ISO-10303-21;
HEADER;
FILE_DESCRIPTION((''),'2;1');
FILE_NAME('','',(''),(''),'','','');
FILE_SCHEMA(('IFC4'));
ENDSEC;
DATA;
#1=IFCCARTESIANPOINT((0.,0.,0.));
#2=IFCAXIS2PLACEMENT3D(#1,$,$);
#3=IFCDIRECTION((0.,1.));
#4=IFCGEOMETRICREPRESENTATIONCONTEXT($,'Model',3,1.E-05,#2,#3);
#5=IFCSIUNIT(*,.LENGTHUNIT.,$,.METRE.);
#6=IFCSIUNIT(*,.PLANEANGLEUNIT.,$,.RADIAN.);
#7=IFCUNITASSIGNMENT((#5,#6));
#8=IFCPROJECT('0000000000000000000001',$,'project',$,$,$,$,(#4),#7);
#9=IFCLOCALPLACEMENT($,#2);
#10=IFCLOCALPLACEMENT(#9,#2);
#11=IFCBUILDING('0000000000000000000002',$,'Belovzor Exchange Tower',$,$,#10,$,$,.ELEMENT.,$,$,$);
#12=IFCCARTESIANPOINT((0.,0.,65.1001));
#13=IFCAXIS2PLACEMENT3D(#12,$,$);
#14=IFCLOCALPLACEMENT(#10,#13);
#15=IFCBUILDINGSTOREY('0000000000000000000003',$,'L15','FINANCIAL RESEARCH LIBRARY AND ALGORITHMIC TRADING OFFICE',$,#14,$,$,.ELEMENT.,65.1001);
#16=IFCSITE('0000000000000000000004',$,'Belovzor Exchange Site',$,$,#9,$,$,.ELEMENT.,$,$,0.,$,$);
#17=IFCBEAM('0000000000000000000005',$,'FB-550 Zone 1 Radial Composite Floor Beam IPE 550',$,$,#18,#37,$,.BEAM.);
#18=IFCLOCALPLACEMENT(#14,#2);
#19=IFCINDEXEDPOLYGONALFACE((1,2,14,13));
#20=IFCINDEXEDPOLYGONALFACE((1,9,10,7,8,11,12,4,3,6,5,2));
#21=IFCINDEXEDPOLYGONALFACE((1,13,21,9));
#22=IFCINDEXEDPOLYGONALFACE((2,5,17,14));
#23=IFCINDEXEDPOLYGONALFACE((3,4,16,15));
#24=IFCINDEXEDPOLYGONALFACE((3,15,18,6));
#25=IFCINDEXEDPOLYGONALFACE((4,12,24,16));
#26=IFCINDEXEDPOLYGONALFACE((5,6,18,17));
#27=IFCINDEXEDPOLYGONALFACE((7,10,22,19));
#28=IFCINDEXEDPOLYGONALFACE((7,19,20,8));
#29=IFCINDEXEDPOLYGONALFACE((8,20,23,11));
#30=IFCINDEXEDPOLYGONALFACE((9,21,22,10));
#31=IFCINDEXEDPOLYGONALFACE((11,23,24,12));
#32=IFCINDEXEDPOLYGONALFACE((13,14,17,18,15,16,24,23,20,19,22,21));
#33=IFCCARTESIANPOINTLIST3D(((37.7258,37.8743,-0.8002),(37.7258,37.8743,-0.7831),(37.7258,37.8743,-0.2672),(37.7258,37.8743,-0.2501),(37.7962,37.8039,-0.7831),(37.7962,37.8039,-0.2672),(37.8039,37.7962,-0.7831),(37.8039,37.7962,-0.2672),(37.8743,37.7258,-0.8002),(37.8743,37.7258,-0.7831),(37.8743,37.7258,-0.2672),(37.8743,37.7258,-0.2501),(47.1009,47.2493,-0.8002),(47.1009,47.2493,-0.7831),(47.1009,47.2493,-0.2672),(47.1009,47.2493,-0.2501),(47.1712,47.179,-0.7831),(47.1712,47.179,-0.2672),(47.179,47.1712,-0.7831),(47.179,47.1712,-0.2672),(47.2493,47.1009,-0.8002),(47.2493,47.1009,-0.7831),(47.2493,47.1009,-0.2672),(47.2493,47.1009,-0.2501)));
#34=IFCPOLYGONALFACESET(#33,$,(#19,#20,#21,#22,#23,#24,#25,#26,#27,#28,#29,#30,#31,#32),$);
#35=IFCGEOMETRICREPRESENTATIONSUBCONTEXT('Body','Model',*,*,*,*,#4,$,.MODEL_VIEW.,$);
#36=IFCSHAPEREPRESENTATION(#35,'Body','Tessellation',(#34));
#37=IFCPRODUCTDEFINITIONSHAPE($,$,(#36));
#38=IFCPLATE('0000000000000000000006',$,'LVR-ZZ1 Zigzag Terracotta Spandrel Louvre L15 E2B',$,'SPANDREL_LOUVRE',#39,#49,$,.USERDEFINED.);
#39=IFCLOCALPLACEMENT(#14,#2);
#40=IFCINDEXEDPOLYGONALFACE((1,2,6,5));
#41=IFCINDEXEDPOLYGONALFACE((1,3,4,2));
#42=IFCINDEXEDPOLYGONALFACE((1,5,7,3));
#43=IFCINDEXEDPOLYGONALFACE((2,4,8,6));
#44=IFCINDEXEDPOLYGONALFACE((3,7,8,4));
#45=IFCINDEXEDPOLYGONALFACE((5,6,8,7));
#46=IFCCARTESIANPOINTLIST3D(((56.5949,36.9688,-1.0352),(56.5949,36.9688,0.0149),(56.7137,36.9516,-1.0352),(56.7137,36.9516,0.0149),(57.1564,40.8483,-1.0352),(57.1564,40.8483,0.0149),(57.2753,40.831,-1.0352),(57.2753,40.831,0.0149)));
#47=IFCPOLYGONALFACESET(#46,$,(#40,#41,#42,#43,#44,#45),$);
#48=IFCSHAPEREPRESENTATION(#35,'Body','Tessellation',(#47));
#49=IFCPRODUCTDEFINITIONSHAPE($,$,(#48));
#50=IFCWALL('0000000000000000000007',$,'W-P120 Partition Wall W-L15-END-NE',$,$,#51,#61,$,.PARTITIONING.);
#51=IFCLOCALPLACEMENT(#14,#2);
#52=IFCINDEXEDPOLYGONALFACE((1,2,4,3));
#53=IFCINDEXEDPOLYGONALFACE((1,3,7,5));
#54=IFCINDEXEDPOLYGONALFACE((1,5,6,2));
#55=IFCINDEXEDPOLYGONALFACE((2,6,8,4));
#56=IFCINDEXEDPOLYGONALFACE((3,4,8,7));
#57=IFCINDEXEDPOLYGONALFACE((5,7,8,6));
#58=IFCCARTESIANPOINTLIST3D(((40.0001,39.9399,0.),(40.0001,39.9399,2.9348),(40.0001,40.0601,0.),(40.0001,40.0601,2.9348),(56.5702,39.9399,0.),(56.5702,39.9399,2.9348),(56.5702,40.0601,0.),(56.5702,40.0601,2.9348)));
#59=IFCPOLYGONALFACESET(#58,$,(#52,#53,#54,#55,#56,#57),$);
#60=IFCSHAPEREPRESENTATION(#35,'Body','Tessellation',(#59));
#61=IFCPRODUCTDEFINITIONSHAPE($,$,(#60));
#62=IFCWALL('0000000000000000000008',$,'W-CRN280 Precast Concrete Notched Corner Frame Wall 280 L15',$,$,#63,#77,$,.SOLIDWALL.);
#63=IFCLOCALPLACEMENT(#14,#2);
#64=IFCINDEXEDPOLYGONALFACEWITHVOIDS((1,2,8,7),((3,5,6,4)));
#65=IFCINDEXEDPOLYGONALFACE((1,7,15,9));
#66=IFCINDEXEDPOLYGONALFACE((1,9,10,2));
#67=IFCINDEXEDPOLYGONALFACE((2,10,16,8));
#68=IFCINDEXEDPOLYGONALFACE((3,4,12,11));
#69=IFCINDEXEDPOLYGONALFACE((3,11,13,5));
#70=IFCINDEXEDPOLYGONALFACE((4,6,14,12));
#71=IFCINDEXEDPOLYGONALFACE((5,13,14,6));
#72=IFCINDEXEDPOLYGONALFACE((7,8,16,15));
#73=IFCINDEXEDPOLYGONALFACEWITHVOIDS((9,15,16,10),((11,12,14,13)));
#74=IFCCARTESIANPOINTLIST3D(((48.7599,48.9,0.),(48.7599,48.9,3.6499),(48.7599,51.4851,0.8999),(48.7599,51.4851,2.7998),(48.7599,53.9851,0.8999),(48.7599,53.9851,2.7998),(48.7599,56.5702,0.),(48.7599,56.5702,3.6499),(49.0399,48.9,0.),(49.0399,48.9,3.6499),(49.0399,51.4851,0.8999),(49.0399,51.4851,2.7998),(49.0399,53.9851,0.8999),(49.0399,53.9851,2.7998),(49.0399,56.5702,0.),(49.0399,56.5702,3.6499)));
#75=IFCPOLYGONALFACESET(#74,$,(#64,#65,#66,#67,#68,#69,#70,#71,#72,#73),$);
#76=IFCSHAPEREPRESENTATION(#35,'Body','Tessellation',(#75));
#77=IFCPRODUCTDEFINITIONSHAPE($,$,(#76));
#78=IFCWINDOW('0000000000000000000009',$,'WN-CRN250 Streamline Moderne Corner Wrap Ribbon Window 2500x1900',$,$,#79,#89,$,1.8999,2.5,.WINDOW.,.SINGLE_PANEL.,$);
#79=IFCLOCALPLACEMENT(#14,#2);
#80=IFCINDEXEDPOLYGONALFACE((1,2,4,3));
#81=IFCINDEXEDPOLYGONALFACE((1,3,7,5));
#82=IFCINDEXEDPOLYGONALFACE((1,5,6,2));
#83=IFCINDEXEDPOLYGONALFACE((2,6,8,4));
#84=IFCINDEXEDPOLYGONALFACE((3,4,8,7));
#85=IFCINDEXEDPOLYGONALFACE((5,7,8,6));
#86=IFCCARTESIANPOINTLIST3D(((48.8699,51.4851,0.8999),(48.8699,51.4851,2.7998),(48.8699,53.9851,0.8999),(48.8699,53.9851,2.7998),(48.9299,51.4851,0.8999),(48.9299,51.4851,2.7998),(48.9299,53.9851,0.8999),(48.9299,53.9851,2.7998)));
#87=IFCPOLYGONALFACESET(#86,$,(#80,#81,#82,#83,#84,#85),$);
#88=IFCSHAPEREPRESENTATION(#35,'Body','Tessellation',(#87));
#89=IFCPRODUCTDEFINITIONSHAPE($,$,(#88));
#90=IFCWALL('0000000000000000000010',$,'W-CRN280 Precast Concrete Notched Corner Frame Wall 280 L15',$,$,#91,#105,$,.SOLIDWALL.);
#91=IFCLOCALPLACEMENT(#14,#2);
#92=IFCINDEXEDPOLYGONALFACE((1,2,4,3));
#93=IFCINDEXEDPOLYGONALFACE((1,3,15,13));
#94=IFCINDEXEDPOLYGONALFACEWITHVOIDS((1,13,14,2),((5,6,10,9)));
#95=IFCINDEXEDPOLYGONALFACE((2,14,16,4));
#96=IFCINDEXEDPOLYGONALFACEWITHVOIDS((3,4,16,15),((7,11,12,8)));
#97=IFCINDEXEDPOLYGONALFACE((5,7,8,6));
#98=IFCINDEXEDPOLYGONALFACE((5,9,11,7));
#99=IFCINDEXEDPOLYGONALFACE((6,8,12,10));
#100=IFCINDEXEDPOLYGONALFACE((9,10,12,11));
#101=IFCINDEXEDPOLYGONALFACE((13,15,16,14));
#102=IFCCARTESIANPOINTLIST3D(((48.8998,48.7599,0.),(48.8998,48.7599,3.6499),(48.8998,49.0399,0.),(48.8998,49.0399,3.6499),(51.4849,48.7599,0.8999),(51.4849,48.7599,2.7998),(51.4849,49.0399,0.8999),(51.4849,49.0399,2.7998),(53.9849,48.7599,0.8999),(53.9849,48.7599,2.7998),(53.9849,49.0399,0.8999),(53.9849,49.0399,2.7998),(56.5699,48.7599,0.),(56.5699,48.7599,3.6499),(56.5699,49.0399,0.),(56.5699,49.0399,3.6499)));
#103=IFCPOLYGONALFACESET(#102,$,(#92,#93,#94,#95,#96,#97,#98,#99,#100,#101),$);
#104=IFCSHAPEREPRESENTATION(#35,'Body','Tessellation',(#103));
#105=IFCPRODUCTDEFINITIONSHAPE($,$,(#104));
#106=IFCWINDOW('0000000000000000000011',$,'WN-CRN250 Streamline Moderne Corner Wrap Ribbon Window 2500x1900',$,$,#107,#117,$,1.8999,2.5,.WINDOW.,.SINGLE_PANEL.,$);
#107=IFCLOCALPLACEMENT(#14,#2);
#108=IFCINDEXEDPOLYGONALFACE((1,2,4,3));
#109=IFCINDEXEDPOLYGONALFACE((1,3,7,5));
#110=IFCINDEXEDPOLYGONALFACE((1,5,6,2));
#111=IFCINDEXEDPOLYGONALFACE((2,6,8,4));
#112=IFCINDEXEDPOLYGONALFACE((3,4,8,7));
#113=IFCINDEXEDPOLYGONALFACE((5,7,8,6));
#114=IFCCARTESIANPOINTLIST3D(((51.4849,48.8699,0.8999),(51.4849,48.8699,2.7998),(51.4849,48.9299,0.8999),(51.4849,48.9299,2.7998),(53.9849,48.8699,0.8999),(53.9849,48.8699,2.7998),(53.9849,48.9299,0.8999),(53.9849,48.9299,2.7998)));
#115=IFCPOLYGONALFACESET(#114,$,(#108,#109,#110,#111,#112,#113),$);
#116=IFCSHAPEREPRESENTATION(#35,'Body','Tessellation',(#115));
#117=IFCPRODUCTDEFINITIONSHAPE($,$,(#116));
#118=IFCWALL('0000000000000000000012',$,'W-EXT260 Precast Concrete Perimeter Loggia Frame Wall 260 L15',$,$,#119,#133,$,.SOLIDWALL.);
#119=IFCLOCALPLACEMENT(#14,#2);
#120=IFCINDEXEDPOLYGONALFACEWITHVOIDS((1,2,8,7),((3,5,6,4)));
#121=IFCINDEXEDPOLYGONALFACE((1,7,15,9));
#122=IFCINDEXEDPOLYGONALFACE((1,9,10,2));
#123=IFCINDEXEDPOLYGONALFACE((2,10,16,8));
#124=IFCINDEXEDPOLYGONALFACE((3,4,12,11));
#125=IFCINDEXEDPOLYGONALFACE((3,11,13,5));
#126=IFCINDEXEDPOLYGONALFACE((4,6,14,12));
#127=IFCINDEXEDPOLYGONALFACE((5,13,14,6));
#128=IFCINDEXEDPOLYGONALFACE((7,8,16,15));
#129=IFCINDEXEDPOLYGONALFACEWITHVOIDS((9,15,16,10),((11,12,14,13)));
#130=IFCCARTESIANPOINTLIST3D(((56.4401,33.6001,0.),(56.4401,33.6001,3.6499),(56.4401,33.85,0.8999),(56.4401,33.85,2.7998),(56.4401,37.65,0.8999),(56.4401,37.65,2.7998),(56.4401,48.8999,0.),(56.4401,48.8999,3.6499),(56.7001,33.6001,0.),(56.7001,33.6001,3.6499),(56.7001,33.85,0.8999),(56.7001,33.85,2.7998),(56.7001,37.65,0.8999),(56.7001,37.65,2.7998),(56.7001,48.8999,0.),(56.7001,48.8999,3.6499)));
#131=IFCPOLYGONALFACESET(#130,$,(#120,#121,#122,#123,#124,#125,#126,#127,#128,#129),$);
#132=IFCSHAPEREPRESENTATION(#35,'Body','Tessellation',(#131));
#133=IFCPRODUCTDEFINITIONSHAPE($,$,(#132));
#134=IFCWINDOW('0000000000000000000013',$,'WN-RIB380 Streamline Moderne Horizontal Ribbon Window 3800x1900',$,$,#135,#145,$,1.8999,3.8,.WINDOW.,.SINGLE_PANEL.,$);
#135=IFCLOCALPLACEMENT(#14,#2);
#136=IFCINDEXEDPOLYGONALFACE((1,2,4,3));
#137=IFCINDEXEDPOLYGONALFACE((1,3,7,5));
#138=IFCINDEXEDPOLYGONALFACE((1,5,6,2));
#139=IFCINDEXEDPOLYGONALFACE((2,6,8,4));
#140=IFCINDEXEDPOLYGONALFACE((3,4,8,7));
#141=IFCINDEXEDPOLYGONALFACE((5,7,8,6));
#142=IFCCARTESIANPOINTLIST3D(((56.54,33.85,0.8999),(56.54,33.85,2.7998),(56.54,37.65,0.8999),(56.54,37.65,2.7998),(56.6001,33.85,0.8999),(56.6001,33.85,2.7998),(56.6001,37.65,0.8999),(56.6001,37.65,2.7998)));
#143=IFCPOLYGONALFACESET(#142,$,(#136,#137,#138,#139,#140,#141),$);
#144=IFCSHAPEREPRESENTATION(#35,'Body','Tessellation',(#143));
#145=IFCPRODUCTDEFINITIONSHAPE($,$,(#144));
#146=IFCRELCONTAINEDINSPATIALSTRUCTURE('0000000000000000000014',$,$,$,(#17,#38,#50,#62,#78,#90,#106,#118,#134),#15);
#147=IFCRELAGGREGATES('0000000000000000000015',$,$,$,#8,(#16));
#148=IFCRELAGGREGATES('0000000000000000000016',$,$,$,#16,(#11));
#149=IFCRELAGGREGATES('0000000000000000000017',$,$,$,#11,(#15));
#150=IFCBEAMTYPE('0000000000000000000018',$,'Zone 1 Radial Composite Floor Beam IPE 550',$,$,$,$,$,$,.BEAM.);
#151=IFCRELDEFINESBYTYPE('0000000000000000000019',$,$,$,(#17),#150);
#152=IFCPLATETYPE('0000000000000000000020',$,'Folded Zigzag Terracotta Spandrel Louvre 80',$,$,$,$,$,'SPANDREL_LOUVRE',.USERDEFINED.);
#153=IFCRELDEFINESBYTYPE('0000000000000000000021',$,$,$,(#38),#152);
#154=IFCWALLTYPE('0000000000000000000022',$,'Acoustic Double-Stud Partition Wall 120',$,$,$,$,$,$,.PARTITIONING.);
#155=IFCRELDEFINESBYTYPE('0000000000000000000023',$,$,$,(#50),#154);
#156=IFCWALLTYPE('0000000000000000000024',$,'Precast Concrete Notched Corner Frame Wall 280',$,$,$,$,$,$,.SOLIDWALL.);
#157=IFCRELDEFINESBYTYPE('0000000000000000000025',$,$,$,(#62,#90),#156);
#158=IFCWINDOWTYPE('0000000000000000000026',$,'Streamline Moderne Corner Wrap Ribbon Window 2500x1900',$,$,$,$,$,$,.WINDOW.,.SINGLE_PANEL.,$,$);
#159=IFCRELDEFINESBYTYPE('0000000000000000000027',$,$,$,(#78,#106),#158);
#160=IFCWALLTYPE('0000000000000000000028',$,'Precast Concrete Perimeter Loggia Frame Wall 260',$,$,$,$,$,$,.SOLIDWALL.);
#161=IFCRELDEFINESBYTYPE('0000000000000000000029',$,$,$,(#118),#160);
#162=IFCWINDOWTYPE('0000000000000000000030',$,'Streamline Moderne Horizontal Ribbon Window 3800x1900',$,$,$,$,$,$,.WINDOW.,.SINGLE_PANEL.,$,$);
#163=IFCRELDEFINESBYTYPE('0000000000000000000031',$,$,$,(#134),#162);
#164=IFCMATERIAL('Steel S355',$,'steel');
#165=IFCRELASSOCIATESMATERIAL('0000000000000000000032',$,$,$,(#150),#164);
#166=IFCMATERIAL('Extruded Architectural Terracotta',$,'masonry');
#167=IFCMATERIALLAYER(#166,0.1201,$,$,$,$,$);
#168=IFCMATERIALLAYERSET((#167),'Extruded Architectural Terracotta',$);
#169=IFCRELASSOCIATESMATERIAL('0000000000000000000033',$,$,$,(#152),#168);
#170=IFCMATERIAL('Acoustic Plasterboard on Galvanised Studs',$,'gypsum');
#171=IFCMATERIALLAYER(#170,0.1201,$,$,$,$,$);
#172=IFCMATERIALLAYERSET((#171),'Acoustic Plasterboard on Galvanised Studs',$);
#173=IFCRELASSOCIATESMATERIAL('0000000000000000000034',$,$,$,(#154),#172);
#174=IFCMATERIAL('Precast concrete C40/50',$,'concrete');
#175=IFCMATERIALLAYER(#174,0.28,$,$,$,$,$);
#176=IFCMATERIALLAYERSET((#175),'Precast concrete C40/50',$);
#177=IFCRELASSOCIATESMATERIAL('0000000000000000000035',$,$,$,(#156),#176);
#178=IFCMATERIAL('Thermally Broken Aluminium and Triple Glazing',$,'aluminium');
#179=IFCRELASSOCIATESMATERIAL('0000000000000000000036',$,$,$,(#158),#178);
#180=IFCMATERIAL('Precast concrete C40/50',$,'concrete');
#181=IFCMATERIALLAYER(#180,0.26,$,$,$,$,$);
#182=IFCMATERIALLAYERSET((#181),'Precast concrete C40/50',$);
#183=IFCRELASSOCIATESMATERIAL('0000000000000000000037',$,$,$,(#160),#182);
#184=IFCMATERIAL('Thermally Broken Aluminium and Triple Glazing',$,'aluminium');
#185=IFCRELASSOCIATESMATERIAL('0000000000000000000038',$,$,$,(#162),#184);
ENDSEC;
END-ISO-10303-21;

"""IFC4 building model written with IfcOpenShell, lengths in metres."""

from ifc_helpers import new_model, si_unit, direction, frame, frame_2d, origin, origin_2d, place, context, subcontext, project, spatial, rectangle, i_section, extrude, material, layer, layer_set, material_profile, profile_set, type_object, element, fill, save


model = new_model("IFC4")

# Units and contexts
model_context = context("Model", 3, precision=1e-05, world=origin(), true_north=direction((0.0, 1.0)))
body_context = subcontext(model_context, "Body", "Model", "MODEL_VIEW")
ifc_project = project(units=[si_unit("LENGTHUNIT", "METRE"), si_unit("PLANEANGLEUNIT", "RADIAN")], contexts=[model_context])

# Site, building, storey
site_placement = place(None, origin())
site = spatial("IfcSite", under=ifc_project, at=site_placement, Name="Belovzor Exchange Site", CompositionType="ELEMENT", RefElevation=0.0)
building_placement = place(site_placement, origin())
building = spatial("IfcBuilding", under=site, at=building_placement, Name="Belovzor Exchange Tower", CompositionType="ELEMENT")
storey_placement = place(building_placement, frame((0.0, 0.0, 65.1001)))
storey = spatial("IfcBuildingStorey", under=building, at=storey_placement, Name="L15", Description="FINANCIAL RESEARCH LIBRARY AND ALGORITHMIC TRADING OFFICE", CompositionType="ELEMENT", Elevation=65.1001)

# Beam
ifc_material_1 = material(Name="Steel S355", Category="steel")
ifc_material_profile_1 = material_profile(ifc_material_1, i_section(OverallWidth=0.21, OverallDepth=0.55, WebThickness=0.011, FlangeThickness=0.0171, at=origin_2d()))
ifc_profile_set_1 = profile_set([ifc_material_profile_1], Name="Steel S355")
beam_type_1 = type_object("IfcBeamType", Name="Zone 1 Radial Composite Floor Beam IPE 550", PredefinedType="BEAM", material=ifc_profile_set_1)
beam_1_placement = place(storey_placement, frame((37.8, 37.8, -0.5251), z_axis=(0.707107, 0.707107, 0.0), x_axis=(-0.707107, 0.707107, 0.0)))
element("IfcBeam", 1, at=beam_1_placement, inside=storey, type_object=beam_type_1, Name="FB-550 Zone 1 Radial Composite Floor Beam IPE 550", PredefinedType="BEAM", context=body_context, shape_type="SweptSolid", body=[
    extrude(i_section(OverallWidth=0.21, OverallDepth=0.55, WebThickness=0.011, FlangeThickness=0.0171, at=origin_2d()), origin(), (0.0, 0.0, 1.0), 13.2583),
])

# Plate
ifc_material_2 = material(Name="Extruded Architectural Terracotta", Category="masonry")
ifc_layer_1 = layer(ifc_material_2, 0.1201)
ifc_layer_set_1 = layer_set([ifc_layer_1], Name="Extruded Architectural Terracotta")
plate_type = type_object("IfcPlateType", Name="Folded Zigzag Terracotta Spandrel Louvre 80", ElementType="SPANDREL_LOUVRE", PredefinedType="USERDEFINED", material=ifc_layer_set_1)
plate_placement = place(storey_placement, frame((56.9351, 38.8999, -1.0352), z_axis=(0.0, 0.0, 1.0), x_axis=(0.143251, 0.989686, 0.0)))
element("IfcPlate", 2, at=plate_placement, inside=storey, type_object=plate_type, Name="LVR-ZZ1 Zigzag Terracotta Spandrel Louvre L15 E2B", ObjectType="SPANDREL_LOUVRE", PredefinedType="USERDEFINED", context=body_context, shape_type="SweptSolid", body=[
    extrude(rectangle(XDim=3.9199, YDim=0.1201, at=origin_2d()), origin(), (0.0, 0.0, 1.0), 1.05),
])

# Wall
ifc_material_3 = material(Name="Acoustic Plasterboard on Galvanised Studs", Category="gypsum")
ifc_layer_2 = layer(ifc_material_3, 0.1201)
ifc_layer_set_2 = layer_set([ifc_layer_2], Name="Acoustic Plasterboard on Galvanised Studs")
wall_type_1 = type_object("IfcWallType", Name="Acoustic Double-Stud Partition Wall 120", PredefinedType="PARTITIONING", material=ifc_layer_set_2)
wall_1_placement = place(storey_placement, frame((40.0, 40.0, 0.0), z_axis=(0.0, 0.0, 1.0), x_axis=(1.0, 0.0, 0.0)))
element("IfcWall", 3, at=wall_1_placement, inside=storey, type_object=wall_type_1, Name="W-P120 Partition Wall W-L15-END-NE", PredefinedType="PARTITIONING", context=body_context, shape_type="SweptSolid", body=[
    extrude(rectangle(XDim=16.5701, YDim=0.1201, at=frame_2d((8.2852, 0.0))), origin(), (0.0, 0.0, 1.0), 2.9348),
])

# Walls, openings, windows
ifc_material_4 = material(Name="Precast concrete C40/50", Category="concrete")
ifc_layer_3 = layer(ifc_material_4, 0.28)
ifc_layer_set_3 = layer_set([ifc_layer_3], Name="Precast concrete C40/50")
wall_type_2 = type_object("IfcWallType", Name="Precast Concrete Notched Corner Frame Wall 280", PredefinedType="SOLIDWALL", material=ifc_layer_set_3)
wall_2_placement = place(storey_placement, frame((48.8999, 56.5701, 0.0), z_axis=(0.0, 0.0, 1.0), x_axis=(0.0, -1.0, 0.0)))
wall_2 = element("IfcWall", 4, at=wall_2_placement, inside=storey, type_object=wall_type_2, Name="W-CRN280 Precast Concrete Notched Corner Frame Wall 280 L15", PredefinedType="SOLIDWALL", context=body_context, shape_type="SweptSolid", body=[
    extrude(rectangle(XDim=7.6702, YDim=0.28, at=frame_2d((3.835, 0.0))), origin(), (0.0, 0.0, 1.0), 3.6499),
])
opening_1_placement = place(wall_2_placement, frame((2.585, 0.0, 0.8999)))
opening_1 = element("IfcOpeningElement", 5, at=opening_1_placement, cuts=wall_2, PredefinedType="OPENING", context=body_context, shape_type="SweptSolid", body=[
    extrude(rectangle(XDim=2.5, YDim=1.8999, at=frame_2d((1.25, 0.95))), frame((0.0, 0.1499, 0.0), z_axis=(0.0, -1.0, 0.0), x_axis=(1.0, 0.0, 0.0)), (0.0, 0.0, 1.0), 0.3),
])
ifc_material_5 = material(Name="Thermally Broken Aluminium and Triple Glazing", Category="aluminium")
window_type_1 = type_object("IfcWindowType", Name="Streamline Moderne Corner Wrap Ribbon Window 2500x1900", PartitioningType="SINGLE_PANEL", PredefinedType="WINDOW", material=ifc_material_5)
window_1_placement = place(opening_1_placement, origin())
window_1 = element("IfcWindow", 6, at=window_1_placement, inside=storey, type_object=window_type_1, Name="WN-CRN250 Streamline Moderne Corner Wrap Ribbon Window 2500x1900", OverallHeight=1.8999, OverallWidth=2.5, PartitioningType="SINGLE_PANEL", PredefinedType="WINDOW", context=body_context, shape_type="SweptSolid", body=[
    extrude(rectangle(XDim=2.5, YDim=1.8999, at=frame_2d((1.25, 0.95))), frame((0.0, 0.03, 0.0), z_axis=(0.0, -1.0, 0.0), x_axis=(1.0, 0.0, 0.0)), (0.0, 0.0, 1.0), 0.0601),
])
fill(opening_1, window_1)
wall_3_placement = place(storey_placement, frame((48.8999, 48.8999, 0.0), z_axis=(0.0, 0.0, 1.0), x_axis=(1.0, 0.0, 0.0)))
wall_3 = element("IfcWall", 7, at=wall_3_placement, inside=storey, type_object=wall_type_2, Name="W-CRN280 Precast Concrete Notched Corner Frame Wall 280 L15", PredefinedType="SOLIDWALL", context=body_context, shape_type="SweptSolid", body=[
    extrude(rectangle(XDim=7.6702, YDim=0.28, at=frame_2d((3.835, 0.0))), origin(), (0.0, 0.0, 1.0), 3.6499),
])
opening_2_placement = place(wall_3_placement, frame((2.585, 0.0, 0.8999)))
opening_2 = element("IfcOpeningElement", 8, at=opening_2_placement, cuts=wall_3, PredefinedType="OPENING", context=body_context, shape_type="SweptSolid", body=[
    extrude(rectangle(XDim=2.5, YDim=1.8999, at=frame_2d((1.25, 0.95))), frame((0.0, 0.1499, 0.0), z_axis=(0.0, -1.0, 0.0), x_axis=(1.0, 0.0, 0.0)), (0.0, 0.0, 1.0), 0.3),
])
window_2_placement = place(opening_2_placement, origin())
window_2 = element("IfcWindow", 9, at=window_2_placement, inside=storey, type_object=window_type_1, Name="WN-CRN250 Streamline Moderne Corner Wrap Ribbon Window 2500x1900", OverallHeight=1.8999, OverallWidth=2.5, PartitioningType="SINGLE_PANEL", PredefinedType="WINDOW", context=body_context, shape_type="SweptSolid", body=[
    extrude(rectangle(XDim=2.5, YDim=1.8999, at=frame_2d((1.25, 0.95))), frame((0.0, 0.03, 0.0), z_axis=(0.0, -1.0, 0.0), x_axis=(1.0, 0.0, 0.0)), (0.0, 0.0, 1.0), 0.0601),
])
fill(opening_2, window_2)
ifc_material_6 = material(Name="Precast concrete C40/50", Category="concrete")
ifc_layer_4 = layer(ifc_material_6, 0.26)
ifc_layer_set_4 = layer_set([ifc_layer_4], Name="Precast concrete C40/50")
wall_type_3 = type_object("IfcWallType", Name="Precast Concrete Perimeter Loggia Frame Wall 260", PredefinedType="SOLIDWALL", material=ifc_layer_set_4)
wall_4_placement = place(storey_placement, frame((56.5701, 48.8999, 0.0), z_axis=(0.0, 0.0, 1.0), x_axis=(0.0, -1.0, 0.0)))
wall_4 = element("IfcWall", 10, at=wall_4_placement, inside=storey, type_object=wall_type_3, Name="W-EXT260 Precast Concrete Perimeter Loggia Frame Wall 260 L15", PredefinedType="SOLIDWALL", context=body_context, shape_type="SweptSolid", body=[
    extrude(rectangle(XDim=15.2998, YDim=0.26, at=frame_2d((7.6499, 0.0))), origin(), (0.0, 0.0, 1.0), 3.6499),
])
opening_3_placement = place(wall_4_placement, frame((11.25, 0.0, 0.8999)))
opening_3 = element("IfcOpeningElement", 11, at=opening_3_placement, cuts=wall_4, PredefinedType="OPENING", context=body_context, shape_type="SweptSolid", body=[
    extrude(rectangle(XDim=3.8, YDim=1.8999, at=frame_2d((1.8999, 0.95))), frame((0.0, 0.1399, 0.0), z_axis=(0.0, -1.0, 0.0), x_axis=(1.0, 0.0, 0.0)), (0.0, 0.0, 1.0), 0.28),
])
ifc_material_7 = material(Name="Thermally Broken Aluminium and Triple Glazing", Category="aluminium")
window_type_2 = type_object("IfcWindowType", Name="Streamline Moderne Horizontal Ribbon Window 3800x1900", PartitioningType="SINGLE_PANEL", PredefinedType="WINDOW", material=ifc_material_7)
window_3_placement = place(opening_3_placement, origin())
window_3 = element("IfcWindow", 12, at=window_3_placement, inside=storey, type_object=window_type_2, Name="WN-RIB380 Streamline Moderne Horizontal Ribbon Window 3800x1900", OverallHeight=1.8999, OverallWidth=3.8, PartitioningType="SINGLE_PANEL", PredefinedType="WINDOW", context=body_context, shape_type="SweptSolid", body=[
    extrude(rectangle(XDim=3.8, YDim=1.8999, at=frame_2d((1.8999, 0.95))), frame((0.0, 0.03, 0.0), z_axis=(0.0, -1.0, 0.0), x_axis=(1.0, 0.0, 0.0)), (0.0, 0.0, 1.0), 0.0601),
])
fill(opening_3, window_3)

save(model, "model.ifc")
